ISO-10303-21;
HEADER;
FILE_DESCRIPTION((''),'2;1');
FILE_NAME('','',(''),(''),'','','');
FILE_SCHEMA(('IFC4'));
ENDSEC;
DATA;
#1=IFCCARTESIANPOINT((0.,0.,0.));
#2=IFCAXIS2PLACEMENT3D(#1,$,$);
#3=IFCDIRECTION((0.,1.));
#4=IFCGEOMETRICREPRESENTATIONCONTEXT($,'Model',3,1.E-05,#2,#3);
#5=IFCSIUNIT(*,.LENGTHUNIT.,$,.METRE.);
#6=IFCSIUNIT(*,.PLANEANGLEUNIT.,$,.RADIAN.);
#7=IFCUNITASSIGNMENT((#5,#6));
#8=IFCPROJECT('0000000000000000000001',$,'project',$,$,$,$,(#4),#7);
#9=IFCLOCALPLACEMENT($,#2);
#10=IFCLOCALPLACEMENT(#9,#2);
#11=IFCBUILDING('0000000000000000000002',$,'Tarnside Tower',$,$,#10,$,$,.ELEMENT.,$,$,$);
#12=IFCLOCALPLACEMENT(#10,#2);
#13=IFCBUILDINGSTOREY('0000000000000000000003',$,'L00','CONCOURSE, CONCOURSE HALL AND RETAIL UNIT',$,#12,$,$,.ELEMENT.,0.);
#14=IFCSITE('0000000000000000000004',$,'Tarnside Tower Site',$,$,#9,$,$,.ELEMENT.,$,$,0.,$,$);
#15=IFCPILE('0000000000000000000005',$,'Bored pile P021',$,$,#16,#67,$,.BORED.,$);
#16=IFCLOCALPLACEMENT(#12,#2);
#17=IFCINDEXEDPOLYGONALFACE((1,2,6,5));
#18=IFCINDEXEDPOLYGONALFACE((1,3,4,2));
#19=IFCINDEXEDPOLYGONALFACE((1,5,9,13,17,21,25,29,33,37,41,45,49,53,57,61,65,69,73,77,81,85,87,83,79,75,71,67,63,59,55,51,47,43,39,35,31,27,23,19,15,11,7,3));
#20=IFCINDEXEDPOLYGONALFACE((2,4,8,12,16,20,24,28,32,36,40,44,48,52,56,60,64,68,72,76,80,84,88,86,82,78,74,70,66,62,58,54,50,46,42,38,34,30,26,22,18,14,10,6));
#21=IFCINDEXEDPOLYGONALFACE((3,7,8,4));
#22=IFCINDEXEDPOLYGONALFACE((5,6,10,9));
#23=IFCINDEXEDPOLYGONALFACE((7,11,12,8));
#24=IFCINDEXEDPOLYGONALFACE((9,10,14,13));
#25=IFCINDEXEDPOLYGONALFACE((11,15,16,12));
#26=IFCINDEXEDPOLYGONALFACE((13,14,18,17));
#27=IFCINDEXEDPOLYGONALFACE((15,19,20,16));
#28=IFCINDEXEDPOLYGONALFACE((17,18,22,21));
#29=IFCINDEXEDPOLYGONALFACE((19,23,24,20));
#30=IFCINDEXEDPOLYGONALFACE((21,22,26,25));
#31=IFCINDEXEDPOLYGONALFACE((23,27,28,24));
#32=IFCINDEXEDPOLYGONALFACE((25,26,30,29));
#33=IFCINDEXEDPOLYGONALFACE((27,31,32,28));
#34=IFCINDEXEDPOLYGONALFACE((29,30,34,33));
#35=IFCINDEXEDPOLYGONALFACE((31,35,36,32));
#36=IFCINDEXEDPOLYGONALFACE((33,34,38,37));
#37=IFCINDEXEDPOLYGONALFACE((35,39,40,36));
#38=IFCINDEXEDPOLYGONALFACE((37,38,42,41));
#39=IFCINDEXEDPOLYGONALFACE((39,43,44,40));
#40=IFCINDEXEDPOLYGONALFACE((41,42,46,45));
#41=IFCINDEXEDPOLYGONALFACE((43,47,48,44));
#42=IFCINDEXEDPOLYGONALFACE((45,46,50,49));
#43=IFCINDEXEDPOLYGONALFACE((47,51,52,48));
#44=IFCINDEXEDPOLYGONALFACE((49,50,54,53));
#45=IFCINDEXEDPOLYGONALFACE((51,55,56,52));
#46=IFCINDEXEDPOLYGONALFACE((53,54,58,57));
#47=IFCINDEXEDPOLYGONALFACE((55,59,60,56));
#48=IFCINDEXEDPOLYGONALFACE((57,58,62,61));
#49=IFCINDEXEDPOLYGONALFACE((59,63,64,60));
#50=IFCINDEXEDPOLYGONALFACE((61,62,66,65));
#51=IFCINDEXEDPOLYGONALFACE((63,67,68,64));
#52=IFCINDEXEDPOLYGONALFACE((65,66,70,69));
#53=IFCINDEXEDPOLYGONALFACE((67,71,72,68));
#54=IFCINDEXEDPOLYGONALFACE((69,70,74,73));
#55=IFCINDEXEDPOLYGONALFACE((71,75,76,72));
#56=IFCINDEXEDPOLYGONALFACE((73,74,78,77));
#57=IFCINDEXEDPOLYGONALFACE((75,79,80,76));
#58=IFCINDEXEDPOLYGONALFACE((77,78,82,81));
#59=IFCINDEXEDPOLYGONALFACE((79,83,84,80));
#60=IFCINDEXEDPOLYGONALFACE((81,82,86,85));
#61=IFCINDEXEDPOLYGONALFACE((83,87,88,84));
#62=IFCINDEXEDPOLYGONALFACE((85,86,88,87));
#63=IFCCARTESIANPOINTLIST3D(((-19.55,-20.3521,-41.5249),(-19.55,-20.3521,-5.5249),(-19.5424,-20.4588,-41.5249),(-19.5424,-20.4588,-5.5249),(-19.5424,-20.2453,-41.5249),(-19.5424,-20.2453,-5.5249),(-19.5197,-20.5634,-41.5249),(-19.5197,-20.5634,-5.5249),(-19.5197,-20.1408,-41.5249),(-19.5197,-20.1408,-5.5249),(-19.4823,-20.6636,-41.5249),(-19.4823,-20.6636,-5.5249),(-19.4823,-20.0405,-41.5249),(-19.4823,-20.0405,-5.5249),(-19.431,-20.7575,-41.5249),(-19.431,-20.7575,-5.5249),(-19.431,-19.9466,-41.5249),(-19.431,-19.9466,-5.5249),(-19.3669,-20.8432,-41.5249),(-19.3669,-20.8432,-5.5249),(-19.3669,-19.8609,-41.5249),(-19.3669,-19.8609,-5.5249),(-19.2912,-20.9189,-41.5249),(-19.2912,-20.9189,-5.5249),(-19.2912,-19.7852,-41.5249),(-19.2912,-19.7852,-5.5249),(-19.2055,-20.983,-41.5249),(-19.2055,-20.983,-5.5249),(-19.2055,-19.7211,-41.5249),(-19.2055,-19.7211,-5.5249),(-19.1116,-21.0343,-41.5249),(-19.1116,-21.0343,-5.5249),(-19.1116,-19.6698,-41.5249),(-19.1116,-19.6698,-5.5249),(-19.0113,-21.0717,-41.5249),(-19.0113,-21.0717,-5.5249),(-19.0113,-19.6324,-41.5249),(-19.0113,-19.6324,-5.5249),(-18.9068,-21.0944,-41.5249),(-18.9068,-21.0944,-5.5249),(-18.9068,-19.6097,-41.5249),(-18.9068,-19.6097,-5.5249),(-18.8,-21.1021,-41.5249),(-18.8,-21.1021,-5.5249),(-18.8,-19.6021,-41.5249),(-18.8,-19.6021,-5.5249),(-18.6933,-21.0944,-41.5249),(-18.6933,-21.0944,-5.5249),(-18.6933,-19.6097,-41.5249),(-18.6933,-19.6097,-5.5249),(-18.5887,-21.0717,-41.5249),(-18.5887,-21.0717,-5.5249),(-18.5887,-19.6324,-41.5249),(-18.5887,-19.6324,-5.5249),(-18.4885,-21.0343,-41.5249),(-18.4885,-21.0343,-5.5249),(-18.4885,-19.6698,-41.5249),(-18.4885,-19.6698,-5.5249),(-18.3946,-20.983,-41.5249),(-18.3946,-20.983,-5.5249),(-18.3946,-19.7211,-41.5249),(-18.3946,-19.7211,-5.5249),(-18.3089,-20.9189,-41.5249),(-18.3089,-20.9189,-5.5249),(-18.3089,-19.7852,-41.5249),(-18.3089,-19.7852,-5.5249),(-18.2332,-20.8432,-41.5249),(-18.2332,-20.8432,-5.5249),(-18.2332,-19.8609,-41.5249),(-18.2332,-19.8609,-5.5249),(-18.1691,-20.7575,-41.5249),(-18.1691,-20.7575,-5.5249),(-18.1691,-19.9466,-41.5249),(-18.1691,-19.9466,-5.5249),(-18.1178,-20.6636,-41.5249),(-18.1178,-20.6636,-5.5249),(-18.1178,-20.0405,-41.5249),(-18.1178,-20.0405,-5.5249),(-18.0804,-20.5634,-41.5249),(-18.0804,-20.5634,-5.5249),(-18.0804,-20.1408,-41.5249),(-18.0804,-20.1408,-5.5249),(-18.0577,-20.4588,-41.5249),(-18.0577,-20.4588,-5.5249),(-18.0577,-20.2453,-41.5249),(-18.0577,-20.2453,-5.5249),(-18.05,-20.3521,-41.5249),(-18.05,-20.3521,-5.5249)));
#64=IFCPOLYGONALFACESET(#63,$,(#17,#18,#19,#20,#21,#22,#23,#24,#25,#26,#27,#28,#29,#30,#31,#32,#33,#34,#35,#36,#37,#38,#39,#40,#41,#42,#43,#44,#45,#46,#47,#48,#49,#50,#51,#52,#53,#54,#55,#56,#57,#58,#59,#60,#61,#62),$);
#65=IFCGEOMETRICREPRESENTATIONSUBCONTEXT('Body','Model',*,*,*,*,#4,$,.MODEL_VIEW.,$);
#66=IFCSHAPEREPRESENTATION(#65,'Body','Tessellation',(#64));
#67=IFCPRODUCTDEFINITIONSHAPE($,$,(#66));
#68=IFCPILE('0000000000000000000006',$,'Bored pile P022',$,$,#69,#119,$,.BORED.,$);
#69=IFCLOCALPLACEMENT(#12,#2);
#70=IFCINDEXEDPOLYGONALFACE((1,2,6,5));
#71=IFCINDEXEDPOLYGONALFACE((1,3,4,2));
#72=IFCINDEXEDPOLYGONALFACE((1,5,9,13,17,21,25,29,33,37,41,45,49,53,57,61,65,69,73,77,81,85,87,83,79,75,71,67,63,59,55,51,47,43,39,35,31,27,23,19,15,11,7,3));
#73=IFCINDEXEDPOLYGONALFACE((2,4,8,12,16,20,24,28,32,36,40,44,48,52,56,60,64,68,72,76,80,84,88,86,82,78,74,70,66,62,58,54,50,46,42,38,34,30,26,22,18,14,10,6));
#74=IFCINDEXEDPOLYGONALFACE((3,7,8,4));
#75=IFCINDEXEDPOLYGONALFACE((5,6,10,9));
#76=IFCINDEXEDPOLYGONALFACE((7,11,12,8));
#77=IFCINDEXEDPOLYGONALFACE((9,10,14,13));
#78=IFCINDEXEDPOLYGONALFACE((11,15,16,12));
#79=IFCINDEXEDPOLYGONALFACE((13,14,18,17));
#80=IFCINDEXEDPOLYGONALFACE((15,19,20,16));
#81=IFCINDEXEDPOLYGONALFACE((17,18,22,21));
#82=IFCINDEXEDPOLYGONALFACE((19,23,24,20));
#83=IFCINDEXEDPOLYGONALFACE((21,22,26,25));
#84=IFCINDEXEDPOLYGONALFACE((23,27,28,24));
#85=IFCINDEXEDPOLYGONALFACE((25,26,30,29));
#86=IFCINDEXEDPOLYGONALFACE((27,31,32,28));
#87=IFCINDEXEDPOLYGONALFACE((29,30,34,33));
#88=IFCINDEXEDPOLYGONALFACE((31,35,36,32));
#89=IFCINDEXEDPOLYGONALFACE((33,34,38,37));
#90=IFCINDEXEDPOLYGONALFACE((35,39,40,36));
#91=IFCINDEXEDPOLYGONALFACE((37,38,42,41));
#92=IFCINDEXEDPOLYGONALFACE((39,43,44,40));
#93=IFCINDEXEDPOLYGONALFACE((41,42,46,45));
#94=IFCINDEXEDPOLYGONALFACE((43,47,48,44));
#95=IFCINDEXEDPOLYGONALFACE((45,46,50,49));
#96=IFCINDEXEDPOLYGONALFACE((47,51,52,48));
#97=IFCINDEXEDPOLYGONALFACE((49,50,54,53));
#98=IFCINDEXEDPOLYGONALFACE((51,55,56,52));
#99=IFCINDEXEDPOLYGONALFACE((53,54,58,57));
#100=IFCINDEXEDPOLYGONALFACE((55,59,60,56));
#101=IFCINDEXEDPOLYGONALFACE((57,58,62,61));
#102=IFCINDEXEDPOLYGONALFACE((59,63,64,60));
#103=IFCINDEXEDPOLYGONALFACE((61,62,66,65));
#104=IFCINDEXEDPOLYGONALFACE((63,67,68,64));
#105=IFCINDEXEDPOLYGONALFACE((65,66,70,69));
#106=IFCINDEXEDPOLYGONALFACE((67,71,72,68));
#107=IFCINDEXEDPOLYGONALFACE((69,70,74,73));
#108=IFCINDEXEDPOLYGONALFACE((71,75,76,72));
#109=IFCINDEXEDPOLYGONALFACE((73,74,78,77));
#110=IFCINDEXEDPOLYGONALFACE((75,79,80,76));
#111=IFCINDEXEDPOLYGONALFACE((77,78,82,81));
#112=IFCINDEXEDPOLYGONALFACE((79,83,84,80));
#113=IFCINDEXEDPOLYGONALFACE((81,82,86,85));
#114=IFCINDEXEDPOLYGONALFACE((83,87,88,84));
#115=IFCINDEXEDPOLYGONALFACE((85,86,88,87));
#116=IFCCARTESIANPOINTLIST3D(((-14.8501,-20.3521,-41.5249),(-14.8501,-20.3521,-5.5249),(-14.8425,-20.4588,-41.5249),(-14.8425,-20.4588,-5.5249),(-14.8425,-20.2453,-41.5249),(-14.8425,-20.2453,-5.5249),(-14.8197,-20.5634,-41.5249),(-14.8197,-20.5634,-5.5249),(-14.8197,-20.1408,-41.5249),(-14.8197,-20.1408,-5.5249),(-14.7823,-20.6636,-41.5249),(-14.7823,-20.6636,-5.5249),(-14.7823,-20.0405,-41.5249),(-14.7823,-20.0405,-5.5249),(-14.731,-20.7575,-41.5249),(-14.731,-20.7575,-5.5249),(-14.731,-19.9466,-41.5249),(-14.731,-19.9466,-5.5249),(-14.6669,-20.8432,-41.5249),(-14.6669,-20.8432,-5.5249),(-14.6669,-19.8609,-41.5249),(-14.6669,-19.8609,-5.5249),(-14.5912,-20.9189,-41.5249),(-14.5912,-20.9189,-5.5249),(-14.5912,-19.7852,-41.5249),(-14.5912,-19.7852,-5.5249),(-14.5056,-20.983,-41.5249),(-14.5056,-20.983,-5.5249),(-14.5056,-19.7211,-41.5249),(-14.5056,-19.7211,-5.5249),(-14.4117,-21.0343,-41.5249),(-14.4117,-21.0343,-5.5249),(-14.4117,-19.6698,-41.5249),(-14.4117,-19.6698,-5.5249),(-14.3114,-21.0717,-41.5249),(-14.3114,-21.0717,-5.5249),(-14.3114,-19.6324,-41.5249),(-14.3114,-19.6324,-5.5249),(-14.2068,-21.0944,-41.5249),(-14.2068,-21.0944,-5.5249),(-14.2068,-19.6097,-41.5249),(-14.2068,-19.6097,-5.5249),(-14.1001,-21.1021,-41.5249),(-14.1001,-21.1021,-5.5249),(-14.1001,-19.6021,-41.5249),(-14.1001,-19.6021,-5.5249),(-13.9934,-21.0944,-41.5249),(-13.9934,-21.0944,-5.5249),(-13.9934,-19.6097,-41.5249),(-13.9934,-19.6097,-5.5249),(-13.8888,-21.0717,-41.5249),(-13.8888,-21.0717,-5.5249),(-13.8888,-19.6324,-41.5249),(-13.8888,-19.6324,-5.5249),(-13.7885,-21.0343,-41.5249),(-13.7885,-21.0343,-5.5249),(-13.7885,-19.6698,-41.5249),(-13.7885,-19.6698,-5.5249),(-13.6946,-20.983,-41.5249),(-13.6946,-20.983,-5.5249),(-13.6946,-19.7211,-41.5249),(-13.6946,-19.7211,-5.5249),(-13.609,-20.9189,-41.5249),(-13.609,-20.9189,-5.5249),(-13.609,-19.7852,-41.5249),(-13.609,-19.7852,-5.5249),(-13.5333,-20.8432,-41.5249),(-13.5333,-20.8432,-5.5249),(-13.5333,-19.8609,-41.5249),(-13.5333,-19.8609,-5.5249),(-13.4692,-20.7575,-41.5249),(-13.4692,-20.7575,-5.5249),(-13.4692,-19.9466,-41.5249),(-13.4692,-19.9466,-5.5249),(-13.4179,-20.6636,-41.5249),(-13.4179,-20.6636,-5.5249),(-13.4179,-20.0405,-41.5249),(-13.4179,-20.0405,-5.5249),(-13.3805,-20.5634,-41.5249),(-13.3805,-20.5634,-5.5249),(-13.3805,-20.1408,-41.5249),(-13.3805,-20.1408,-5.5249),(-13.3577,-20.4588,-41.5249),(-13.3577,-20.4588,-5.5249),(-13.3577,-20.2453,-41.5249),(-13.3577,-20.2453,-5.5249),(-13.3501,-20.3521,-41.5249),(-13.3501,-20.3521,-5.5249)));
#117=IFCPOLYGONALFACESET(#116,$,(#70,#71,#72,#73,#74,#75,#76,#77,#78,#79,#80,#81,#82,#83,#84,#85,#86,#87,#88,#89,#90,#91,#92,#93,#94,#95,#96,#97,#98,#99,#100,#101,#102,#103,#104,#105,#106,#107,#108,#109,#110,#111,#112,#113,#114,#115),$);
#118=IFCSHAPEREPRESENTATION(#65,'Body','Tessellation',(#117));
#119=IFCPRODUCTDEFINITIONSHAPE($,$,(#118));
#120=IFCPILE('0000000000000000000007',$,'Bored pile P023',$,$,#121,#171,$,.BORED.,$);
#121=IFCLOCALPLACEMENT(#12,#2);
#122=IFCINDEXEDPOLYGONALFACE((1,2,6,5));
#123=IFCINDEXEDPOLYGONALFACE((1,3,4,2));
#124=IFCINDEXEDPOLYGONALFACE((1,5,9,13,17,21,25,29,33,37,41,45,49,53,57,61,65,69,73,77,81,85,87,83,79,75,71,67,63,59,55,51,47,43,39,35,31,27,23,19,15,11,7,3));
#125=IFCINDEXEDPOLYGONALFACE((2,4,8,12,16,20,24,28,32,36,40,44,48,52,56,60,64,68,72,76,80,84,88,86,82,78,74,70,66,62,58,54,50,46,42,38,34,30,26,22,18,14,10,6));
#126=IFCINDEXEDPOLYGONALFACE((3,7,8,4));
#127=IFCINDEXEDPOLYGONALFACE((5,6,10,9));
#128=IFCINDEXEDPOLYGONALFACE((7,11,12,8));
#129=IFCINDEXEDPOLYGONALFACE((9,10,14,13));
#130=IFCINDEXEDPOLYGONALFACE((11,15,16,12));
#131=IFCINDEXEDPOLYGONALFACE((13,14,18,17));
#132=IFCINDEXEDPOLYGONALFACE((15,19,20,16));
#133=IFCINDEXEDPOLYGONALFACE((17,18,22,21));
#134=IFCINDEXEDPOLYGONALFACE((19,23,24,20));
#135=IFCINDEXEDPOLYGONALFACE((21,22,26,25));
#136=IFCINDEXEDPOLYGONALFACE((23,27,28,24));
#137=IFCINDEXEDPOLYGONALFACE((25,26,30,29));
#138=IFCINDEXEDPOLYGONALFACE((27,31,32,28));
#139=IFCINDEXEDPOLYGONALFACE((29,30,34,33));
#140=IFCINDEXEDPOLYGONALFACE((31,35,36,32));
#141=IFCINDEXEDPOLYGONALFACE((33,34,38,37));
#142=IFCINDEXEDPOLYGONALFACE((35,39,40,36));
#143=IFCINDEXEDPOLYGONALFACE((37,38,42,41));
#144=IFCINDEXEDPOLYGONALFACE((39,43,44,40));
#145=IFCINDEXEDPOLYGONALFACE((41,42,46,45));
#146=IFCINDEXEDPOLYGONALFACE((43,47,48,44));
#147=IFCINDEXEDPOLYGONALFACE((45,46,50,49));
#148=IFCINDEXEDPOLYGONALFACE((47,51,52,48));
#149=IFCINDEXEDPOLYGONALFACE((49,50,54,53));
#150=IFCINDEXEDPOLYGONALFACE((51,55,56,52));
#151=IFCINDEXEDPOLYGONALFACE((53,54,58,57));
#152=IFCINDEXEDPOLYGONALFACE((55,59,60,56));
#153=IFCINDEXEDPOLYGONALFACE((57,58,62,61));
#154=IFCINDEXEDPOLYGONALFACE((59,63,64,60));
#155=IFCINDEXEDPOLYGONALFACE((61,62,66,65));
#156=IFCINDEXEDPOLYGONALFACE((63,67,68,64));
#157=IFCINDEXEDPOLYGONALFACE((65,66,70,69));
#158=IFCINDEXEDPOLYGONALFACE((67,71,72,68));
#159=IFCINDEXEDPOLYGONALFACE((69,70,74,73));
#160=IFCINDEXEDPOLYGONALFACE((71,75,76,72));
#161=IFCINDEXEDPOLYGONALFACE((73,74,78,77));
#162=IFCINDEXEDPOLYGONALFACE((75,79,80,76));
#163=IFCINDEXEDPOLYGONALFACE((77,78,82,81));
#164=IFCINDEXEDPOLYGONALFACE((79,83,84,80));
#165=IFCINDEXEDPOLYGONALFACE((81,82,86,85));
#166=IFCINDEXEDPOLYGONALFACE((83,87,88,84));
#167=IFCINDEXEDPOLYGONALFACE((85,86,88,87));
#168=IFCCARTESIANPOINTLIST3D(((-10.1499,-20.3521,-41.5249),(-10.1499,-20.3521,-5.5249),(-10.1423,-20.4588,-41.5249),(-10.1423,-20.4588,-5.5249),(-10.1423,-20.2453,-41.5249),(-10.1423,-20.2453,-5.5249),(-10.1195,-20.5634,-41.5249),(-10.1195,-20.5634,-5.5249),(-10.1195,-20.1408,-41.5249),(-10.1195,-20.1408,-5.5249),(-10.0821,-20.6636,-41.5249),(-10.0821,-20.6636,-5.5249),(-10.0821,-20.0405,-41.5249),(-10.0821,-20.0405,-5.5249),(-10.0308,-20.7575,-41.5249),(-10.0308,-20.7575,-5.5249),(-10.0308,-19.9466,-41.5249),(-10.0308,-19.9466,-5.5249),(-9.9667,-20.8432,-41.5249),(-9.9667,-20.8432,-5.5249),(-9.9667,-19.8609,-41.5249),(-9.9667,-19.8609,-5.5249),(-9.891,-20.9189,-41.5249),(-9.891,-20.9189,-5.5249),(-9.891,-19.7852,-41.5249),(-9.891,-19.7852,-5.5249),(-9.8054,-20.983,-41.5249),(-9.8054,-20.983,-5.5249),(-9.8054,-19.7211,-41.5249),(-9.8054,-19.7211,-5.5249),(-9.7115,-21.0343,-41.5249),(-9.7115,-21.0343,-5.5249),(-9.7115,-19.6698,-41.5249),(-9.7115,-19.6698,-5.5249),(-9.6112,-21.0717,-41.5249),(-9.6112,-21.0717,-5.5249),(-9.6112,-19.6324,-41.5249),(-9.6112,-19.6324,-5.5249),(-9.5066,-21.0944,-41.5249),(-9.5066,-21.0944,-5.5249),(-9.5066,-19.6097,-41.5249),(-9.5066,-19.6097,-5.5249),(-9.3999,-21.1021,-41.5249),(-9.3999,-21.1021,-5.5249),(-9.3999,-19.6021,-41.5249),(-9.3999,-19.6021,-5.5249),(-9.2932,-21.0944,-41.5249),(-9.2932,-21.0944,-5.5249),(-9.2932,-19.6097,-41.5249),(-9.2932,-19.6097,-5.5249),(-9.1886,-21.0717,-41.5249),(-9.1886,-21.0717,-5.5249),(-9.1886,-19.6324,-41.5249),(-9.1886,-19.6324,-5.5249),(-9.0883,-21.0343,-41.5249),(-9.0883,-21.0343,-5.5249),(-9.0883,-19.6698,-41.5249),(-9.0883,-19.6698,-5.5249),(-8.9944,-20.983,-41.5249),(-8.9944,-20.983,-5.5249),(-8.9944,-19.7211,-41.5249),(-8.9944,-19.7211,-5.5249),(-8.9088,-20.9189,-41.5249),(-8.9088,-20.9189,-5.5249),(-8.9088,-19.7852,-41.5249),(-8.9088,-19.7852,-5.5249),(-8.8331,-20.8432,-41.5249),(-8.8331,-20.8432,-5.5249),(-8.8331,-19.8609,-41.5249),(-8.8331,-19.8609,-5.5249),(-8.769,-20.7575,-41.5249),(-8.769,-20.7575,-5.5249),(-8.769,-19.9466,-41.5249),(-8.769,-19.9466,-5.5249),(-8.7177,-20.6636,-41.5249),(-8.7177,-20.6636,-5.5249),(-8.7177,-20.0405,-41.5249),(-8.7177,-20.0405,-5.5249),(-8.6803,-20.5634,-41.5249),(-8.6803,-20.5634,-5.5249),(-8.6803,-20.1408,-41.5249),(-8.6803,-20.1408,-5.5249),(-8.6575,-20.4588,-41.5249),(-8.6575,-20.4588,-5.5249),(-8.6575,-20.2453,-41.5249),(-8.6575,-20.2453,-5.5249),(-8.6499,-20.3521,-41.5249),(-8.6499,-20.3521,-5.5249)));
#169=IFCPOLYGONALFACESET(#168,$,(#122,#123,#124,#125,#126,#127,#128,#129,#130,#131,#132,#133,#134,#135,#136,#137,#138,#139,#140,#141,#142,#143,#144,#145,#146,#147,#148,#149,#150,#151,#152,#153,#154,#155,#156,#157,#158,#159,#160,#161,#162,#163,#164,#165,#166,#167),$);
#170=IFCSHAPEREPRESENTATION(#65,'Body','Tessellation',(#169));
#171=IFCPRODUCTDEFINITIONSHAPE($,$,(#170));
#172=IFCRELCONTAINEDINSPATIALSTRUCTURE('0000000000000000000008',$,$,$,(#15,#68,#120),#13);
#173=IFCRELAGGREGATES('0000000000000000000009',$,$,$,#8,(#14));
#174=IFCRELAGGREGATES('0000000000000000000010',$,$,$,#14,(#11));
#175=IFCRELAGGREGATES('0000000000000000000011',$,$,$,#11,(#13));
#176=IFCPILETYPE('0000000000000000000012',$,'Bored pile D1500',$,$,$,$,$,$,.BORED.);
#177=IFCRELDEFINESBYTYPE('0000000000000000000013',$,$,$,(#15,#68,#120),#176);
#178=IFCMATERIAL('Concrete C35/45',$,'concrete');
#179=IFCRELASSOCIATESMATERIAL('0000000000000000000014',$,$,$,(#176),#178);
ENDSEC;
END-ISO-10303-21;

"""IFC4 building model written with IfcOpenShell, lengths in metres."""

from ifc_helpers import new_model, si_unit, direction, frame, origin, origin_2d, place, context, subcontext, project, spatial, circle, extrude, material, material_profile, profile_set, type_object, element, save


model = new_model("IFC4")

# Units and contexts
model_context = context("Model", 3, precision=1e-05, world=origin(), true_north=direction((0.0, 1.0)))
body_context = subcontext(model_context, "Body", "Model", "MODEL_VIEW")
ifc_project = project(units=[si_unit("LENGTHUNIT", "METRE"), si_unit("PLANEANGLEUNIT", "RADIAN")], contexts=[model_context])

# Site, building, storey
site_placement = place(None, origin())
site = spatial("IfcSite", under=ifc_project, at=site_placement, Name="Tarnside Tower Site", CompositionType="ELEMENT", RefElevation=0.0)
building_placement = place(site_placement, origin())
building = spatial("IfcBuilding", under=site, at=building_placement, Name="Tarnside Tower", CompositionType="ELEMENT")
storey_placement = place(building_placement, origin())
storey = spatial("IfcBuildingStorey", under=building, at=storey_placement, Name="L00", Description="CONCOURSE, CONCOURSE HALL AND RETAIL UNIT", CompositionType="ELEMENT", Elevation=0.0)

# Piles
ifc_material_1 = material(Name="Concrete C35/45", Category="concrete")
ifc_material_profile_1 = material_profile(ifc_material_1, circle(Radius=0.75, at=origin_2d()), Name="Bored pile D1500")
ifc_profile_set_1 = profile_set([ifc_material_profile_1], Name="Concrete C35/45")
pile_type = type_object("IfcPileType", Name="Bored pile D1500", PredefinedType="BORED", material=ifc_profile_set_1)
for number, where, z_axis, x_axis, name in (
    (1, (-18.8, -20.3521, -5.5249), (0.0, 0.0, -1.0), (1.0, 0.0, 0.0), "Bored pile P021"),
    (2, (-14.1001, -20.3521, -5.5249), (0.0, 0.0, -1.0), (1.0, 0.0, 0.0), "Bored pile P022"),
    (3, (-9.3999, -20.3521, -5.5249), (0.0, 0.0, -1.0), (1.0, 0.0, 0.0), "Bored pile P023"),
):
    element("IfcPile", number, at=place(storey_placement, frame(where, z_axis=z_axis, x_axis=x_axis)), inside=storey, type_object=pile_type, Name=name, PredefinedType="BORED", context=body_context, shape_type="SweptSolid", body=[
        extrude(circle(Radius=0.75, at=origin_2d()), origin(), (0.0, 0.0, 1.0), 36.0),
    ])

save(model, "model.ifc")
